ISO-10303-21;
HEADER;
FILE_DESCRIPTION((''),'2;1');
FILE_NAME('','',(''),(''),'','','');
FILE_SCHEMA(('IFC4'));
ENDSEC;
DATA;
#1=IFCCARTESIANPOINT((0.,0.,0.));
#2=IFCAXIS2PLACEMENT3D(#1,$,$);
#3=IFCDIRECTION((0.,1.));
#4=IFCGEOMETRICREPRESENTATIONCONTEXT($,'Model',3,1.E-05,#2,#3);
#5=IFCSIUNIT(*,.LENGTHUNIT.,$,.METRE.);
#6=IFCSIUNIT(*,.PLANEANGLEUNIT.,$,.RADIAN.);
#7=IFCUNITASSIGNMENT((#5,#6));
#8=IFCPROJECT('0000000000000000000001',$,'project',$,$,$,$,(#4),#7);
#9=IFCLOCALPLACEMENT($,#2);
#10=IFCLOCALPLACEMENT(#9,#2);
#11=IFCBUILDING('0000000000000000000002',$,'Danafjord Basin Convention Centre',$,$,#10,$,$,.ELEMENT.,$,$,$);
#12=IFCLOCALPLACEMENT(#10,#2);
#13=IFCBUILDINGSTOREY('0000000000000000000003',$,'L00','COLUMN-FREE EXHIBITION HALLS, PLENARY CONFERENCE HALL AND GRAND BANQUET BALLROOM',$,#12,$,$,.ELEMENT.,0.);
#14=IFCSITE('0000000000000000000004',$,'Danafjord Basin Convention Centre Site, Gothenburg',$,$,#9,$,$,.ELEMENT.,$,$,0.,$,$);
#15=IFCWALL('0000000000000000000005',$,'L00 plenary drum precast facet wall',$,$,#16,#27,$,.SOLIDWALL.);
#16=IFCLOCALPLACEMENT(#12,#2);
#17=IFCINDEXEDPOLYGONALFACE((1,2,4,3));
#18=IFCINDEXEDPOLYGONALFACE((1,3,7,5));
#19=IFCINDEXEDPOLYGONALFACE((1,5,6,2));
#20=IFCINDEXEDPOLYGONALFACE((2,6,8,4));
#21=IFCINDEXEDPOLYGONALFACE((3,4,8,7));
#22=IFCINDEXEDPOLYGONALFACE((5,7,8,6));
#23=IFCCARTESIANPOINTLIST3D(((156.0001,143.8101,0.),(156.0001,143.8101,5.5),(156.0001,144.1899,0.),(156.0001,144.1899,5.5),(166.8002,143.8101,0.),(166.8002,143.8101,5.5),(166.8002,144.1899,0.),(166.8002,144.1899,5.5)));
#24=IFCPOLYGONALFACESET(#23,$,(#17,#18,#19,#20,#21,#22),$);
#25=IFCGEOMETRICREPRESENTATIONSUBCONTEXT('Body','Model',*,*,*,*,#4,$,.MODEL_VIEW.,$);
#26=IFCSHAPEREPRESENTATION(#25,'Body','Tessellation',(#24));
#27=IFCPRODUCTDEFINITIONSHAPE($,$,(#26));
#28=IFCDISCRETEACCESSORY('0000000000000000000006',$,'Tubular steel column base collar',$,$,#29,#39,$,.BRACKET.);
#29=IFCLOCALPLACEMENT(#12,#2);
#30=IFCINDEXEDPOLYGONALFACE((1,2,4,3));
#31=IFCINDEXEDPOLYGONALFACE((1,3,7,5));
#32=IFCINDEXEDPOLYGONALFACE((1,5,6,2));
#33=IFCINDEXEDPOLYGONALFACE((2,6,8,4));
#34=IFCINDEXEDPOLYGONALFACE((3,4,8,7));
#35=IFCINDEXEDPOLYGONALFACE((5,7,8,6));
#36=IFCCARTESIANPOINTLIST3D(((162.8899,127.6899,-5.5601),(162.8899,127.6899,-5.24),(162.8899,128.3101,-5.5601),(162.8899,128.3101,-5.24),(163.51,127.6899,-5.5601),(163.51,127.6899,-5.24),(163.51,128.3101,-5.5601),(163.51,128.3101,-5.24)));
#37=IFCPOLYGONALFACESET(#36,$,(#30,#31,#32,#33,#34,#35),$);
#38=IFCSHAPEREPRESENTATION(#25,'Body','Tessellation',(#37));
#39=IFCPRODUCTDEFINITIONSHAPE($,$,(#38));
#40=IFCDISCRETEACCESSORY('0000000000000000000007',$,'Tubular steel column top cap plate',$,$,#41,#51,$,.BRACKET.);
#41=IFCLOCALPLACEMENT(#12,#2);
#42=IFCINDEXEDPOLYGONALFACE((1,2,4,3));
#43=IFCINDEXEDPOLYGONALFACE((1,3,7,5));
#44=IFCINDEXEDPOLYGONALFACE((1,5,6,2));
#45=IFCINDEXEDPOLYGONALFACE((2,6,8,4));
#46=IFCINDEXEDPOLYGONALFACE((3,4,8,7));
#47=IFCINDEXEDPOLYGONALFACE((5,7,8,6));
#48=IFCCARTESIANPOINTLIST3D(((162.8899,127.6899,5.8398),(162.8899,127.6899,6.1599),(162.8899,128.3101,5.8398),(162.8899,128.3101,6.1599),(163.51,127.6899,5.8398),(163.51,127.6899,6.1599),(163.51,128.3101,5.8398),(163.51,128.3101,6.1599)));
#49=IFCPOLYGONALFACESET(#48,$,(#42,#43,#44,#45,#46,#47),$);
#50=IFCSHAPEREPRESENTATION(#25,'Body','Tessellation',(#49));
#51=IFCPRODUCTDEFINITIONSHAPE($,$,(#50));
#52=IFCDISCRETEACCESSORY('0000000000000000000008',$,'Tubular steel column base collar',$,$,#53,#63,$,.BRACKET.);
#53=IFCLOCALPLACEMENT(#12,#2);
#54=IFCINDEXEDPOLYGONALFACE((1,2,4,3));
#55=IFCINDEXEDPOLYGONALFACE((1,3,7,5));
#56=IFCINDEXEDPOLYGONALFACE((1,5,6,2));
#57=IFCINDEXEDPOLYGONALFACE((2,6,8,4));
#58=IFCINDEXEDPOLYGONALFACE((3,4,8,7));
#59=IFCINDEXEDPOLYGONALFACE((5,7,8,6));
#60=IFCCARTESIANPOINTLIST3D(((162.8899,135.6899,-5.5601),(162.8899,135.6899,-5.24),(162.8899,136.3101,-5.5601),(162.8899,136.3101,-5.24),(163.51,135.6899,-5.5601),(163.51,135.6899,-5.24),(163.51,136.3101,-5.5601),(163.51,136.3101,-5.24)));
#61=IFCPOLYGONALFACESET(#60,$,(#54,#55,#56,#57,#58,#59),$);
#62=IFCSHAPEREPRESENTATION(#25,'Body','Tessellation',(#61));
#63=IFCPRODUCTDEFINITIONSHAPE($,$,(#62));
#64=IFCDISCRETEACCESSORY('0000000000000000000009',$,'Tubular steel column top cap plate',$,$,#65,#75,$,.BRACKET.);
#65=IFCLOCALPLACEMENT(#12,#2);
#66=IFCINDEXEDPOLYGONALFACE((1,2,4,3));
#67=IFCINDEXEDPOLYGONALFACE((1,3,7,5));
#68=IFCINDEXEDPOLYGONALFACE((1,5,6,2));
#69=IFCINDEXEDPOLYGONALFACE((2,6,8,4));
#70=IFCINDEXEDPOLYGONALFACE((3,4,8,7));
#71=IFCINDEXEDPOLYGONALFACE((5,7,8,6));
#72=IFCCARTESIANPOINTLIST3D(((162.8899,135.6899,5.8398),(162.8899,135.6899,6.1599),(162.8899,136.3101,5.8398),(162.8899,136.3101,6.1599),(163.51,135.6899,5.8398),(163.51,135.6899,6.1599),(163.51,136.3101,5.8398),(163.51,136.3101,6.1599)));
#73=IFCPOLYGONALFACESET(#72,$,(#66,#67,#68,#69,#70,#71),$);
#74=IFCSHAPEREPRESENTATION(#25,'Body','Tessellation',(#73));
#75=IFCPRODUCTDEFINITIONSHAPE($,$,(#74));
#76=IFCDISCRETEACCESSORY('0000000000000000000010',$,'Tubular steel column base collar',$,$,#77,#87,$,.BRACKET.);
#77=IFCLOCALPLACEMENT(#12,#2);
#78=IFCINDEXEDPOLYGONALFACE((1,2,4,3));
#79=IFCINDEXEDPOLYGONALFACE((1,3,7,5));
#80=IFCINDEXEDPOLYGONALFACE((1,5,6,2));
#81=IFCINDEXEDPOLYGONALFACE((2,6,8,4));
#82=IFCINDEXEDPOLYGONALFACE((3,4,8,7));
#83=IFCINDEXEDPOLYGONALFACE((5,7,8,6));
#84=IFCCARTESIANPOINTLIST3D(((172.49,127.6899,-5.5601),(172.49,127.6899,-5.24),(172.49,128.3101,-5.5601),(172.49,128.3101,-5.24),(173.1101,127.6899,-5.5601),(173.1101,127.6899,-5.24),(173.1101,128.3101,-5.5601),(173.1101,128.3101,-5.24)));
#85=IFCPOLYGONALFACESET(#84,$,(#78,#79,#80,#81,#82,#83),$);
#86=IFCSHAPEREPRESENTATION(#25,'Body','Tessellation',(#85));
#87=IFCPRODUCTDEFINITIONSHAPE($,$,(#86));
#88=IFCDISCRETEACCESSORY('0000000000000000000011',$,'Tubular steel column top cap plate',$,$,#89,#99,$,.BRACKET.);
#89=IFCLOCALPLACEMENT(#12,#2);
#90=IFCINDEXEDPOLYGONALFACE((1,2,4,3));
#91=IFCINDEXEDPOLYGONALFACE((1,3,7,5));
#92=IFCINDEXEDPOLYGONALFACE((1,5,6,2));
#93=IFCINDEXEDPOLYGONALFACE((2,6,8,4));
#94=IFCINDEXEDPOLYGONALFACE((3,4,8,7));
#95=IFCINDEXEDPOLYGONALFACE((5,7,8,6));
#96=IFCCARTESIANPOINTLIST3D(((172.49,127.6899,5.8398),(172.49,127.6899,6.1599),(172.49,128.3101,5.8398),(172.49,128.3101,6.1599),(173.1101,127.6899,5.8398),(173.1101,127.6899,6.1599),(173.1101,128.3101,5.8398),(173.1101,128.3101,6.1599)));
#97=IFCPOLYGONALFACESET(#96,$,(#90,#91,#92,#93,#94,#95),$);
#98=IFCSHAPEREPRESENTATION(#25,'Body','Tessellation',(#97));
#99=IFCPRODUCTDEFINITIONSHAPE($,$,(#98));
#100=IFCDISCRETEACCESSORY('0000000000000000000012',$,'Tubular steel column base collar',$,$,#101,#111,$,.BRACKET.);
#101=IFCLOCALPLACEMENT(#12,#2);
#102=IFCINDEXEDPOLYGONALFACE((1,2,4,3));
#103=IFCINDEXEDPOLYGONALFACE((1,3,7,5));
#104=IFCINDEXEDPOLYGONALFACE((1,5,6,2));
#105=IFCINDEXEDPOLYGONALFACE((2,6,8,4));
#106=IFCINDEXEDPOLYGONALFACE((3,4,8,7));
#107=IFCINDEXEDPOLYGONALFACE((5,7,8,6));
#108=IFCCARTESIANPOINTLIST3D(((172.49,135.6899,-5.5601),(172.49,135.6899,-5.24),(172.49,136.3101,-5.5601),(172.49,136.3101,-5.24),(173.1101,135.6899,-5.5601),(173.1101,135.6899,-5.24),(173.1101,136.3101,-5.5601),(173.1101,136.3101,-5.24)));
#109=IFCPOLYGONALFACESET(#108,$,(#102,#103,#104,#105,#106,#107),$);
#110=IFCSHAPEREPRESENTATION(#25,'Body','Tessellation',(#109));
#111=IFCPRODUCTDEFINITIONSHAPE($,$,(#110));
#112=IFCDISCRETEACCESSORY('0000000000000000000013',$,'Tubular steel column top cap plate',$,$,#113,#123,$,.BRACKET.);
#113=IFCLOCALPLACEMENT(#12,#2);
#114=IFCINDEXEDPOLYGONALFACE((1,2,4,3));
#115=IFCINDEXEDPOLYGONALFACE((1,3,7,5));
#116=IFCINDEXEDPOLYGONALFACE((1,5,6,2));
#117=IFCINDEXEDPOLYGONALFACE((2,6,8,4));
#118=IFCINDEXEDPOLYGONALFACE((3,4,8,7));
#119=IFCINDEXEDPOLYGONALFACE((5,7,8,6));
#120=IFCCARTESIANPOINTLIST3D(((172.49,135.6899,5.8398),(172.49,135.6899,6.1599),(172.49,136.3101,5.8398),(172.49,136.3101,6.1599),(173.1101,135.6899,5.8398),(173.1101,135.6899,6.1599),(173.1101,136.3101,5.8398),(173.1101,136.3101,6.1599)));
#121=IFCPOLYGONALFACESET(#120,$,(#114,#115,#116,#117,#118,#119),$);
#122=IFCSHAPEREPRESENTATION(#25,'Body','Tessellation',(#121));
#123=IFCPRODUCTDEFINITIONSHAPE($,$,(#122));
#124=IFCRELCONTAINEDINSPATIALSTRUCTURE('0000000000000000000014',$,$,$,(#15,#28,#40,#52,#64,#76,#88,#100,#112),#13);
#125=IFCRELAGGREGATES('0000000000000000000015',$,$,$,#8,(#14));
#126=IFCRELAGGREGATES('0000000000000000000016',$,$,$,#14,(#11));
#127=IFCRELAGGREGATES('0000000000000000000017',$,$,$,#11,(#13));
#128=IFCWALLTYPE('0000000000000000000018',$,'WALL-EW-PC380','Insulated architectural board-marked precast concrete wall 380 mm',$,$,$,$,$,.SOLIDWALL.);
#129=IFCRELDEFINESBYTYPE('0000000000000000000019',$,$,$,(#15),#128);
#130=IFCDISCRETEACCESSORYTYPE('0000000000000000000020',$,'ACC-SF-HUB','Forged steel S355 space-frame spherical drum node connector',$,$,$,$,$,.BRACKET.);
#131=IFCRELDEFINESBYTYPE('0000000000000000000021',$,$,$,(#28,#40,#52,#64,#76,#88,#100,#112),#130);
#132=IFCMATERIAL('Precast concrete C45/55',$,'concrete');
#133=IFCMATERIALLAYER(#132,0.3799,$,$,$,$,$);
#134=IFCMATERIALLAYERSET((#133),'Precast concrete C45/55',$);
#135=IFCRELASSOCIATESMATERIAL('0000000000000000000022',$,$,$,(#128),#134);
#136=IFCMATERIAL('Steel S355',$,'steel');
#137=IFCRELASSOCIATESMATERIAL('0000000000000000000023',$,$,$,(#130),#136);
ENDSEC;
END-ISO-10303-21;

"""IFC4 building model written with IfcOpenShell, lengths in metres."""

from ifc_helpers import new_model, si_unit, direction, frame, frame_2d, origin, origin_2d, place, context, subcontext, project, spatial, rectangle, extrude, material, layer, layer_set, type_object, element, save


model = new_model("IFC4")

# Units and contexts
model_context = context("Model", 3, precision=1e-05, world=origin(), true_north=direction((0.0, 1.0)))
body_context = subcontext(model_context, "Body", "Model", "MODEL_VIEW")
ifc_project = project(units=[si_unit("LENGTHUNIT", "METRE"), si_unit("PLANEANGLEUNIT", "RADIAN")], contexts=[model_context])

# Site, building, storey
site_placement = place(None, origin())
site = spatial("IfcSite", under=ifc_project, at=site_placement, Name="Danafjord Basin Convention Centre Site, Gothenburg", CompositionType="ELEMENT", RefElevation=0.0)
building_placement = place(site_placement, origin())
building = spatial("IfcBuilding", under=site, at=building_placement, Name="Danafjord Basin Convention Centre", CompositionType="ELEMENT")
storey_placement = place(building_placement, origin())
storey = spatial("IfcBuildingStorey", under=building, at=storey_placement, Name="L00", Description="COLUMN-FREE EXHIBITION HALLS, PLENARY CONFERENCE HALL AND GRAND BANQUET BALLROOM", CompositionType="ELEMENT", Elevation=0.0)

# Shared definitions
ifc_material_1 = material(Name="Steel S355", Category="steel")

# Wall
ifc_material_2 = material(Name="Precast concrete C45/55", Category="concrete")
ifc_layer_1 = layer(ifc_material_2, 0.3799)
ifc_layer_set_1 = layer_set([ifc_layer_1], Name="Precast concrete C45/55")
wall_type = type_object("IfcWallType", Name="WALL-EW-PC380", Description="Insulated architectural board-marked precast concrete wall 380 mm", PredefinedType="SOLIDWALL", material=ifc_layer_set_1)
wall_placement = place(storey_placement, frame((166.8, 144.0, 0.0), z_axis=(0.0, 0.0, 1.0), x_axis=(-1.0, 0.0, 0.0)))
element("IfcWall", 1, at=wall_placement, inside=storey, type_object=wall_type, Name="L00 plenary drum precast facet wall", PredefinedType="SOLIDWALL", context=body_context, shape_type="SweptSolid", body=[
    extrude(rectangle(XDim=10.8, YDim=0.3799, at=frame_2d((5.3999, 0.0))), origin(), (0.0, 0.0, 1.0), 5.5),
])

# Discrete accessories
discrete_accessory_type = type_object("IfcDiscreteAccessoryType", Name="ACC-SF-HUB", Description="Forged steel S355 space-frame spherical drum node connector", PredefinedType="BRACKET", material=ifc_material_1)
for number, where, z_axis, x_axis, name in (
    (2, (163.2, 128.0, -5.5601), (0.0, 0.0, 1.0), (1.0, 0.0, 0.0), "Tubular steel column base collar"),
    (3, (163.2, 128.0, 5.8398), (0.0, 0.0, 1.0), (1.0, 0.0, 0.0), "Tubular steel column top cap plate"),
    (4, (163.2, 136.0, -5.5601), (0.0, 0.0, 1.0), (1.0, 0.0, 0.0), "Tubular steel column base collar"),
    (5, (163.2, 136.0, 5.8398), (0.0, 0.0, 1.0), (1.0, 0.0, 0.0), "Tubular steel column top cap plate"),
    (6, (172.8, 128.0, -5.5601), (0.0, 0.0, 1.0), (1.0, 0.0, 0.0), "Tubular steel column base collar"),
    (7, (172.8, 128.0, 5.8398), (0.0, 0.0, 1.0), (1.0, 0.0, 0.0), "Tubular steel column top cap plate"),
    (8, (172.8, 136.0, -5.5601), (0.0, 0.0, 1.0), (1.0, 0.0, 0.0), "Tubular steel column base collar"),
    (9, (172.8, 136.0, 5.8398), (0.0, 0.0, 1.0), (1.0, 0.0, 0.0), "Tubular steel column top cap plate"),
):
    element("IfcDiscreteAccessory", number, at=place(storey_placement, frame(where, z_axis=z_axis, x_axis=x_axis)), inside=storey, type_object=discrete_accessory_type, Name=name, PredefinedType="BRACKET", context=body_context, shape_type="SweptSolid", body=[
        extrude(rectangle(XDim=0.6201, YDim=0.6201, at=origin_2d()), origin(), (0.0, 0.0, 1.0), 0.3201),
    ])

save(model, "model.ifc")
